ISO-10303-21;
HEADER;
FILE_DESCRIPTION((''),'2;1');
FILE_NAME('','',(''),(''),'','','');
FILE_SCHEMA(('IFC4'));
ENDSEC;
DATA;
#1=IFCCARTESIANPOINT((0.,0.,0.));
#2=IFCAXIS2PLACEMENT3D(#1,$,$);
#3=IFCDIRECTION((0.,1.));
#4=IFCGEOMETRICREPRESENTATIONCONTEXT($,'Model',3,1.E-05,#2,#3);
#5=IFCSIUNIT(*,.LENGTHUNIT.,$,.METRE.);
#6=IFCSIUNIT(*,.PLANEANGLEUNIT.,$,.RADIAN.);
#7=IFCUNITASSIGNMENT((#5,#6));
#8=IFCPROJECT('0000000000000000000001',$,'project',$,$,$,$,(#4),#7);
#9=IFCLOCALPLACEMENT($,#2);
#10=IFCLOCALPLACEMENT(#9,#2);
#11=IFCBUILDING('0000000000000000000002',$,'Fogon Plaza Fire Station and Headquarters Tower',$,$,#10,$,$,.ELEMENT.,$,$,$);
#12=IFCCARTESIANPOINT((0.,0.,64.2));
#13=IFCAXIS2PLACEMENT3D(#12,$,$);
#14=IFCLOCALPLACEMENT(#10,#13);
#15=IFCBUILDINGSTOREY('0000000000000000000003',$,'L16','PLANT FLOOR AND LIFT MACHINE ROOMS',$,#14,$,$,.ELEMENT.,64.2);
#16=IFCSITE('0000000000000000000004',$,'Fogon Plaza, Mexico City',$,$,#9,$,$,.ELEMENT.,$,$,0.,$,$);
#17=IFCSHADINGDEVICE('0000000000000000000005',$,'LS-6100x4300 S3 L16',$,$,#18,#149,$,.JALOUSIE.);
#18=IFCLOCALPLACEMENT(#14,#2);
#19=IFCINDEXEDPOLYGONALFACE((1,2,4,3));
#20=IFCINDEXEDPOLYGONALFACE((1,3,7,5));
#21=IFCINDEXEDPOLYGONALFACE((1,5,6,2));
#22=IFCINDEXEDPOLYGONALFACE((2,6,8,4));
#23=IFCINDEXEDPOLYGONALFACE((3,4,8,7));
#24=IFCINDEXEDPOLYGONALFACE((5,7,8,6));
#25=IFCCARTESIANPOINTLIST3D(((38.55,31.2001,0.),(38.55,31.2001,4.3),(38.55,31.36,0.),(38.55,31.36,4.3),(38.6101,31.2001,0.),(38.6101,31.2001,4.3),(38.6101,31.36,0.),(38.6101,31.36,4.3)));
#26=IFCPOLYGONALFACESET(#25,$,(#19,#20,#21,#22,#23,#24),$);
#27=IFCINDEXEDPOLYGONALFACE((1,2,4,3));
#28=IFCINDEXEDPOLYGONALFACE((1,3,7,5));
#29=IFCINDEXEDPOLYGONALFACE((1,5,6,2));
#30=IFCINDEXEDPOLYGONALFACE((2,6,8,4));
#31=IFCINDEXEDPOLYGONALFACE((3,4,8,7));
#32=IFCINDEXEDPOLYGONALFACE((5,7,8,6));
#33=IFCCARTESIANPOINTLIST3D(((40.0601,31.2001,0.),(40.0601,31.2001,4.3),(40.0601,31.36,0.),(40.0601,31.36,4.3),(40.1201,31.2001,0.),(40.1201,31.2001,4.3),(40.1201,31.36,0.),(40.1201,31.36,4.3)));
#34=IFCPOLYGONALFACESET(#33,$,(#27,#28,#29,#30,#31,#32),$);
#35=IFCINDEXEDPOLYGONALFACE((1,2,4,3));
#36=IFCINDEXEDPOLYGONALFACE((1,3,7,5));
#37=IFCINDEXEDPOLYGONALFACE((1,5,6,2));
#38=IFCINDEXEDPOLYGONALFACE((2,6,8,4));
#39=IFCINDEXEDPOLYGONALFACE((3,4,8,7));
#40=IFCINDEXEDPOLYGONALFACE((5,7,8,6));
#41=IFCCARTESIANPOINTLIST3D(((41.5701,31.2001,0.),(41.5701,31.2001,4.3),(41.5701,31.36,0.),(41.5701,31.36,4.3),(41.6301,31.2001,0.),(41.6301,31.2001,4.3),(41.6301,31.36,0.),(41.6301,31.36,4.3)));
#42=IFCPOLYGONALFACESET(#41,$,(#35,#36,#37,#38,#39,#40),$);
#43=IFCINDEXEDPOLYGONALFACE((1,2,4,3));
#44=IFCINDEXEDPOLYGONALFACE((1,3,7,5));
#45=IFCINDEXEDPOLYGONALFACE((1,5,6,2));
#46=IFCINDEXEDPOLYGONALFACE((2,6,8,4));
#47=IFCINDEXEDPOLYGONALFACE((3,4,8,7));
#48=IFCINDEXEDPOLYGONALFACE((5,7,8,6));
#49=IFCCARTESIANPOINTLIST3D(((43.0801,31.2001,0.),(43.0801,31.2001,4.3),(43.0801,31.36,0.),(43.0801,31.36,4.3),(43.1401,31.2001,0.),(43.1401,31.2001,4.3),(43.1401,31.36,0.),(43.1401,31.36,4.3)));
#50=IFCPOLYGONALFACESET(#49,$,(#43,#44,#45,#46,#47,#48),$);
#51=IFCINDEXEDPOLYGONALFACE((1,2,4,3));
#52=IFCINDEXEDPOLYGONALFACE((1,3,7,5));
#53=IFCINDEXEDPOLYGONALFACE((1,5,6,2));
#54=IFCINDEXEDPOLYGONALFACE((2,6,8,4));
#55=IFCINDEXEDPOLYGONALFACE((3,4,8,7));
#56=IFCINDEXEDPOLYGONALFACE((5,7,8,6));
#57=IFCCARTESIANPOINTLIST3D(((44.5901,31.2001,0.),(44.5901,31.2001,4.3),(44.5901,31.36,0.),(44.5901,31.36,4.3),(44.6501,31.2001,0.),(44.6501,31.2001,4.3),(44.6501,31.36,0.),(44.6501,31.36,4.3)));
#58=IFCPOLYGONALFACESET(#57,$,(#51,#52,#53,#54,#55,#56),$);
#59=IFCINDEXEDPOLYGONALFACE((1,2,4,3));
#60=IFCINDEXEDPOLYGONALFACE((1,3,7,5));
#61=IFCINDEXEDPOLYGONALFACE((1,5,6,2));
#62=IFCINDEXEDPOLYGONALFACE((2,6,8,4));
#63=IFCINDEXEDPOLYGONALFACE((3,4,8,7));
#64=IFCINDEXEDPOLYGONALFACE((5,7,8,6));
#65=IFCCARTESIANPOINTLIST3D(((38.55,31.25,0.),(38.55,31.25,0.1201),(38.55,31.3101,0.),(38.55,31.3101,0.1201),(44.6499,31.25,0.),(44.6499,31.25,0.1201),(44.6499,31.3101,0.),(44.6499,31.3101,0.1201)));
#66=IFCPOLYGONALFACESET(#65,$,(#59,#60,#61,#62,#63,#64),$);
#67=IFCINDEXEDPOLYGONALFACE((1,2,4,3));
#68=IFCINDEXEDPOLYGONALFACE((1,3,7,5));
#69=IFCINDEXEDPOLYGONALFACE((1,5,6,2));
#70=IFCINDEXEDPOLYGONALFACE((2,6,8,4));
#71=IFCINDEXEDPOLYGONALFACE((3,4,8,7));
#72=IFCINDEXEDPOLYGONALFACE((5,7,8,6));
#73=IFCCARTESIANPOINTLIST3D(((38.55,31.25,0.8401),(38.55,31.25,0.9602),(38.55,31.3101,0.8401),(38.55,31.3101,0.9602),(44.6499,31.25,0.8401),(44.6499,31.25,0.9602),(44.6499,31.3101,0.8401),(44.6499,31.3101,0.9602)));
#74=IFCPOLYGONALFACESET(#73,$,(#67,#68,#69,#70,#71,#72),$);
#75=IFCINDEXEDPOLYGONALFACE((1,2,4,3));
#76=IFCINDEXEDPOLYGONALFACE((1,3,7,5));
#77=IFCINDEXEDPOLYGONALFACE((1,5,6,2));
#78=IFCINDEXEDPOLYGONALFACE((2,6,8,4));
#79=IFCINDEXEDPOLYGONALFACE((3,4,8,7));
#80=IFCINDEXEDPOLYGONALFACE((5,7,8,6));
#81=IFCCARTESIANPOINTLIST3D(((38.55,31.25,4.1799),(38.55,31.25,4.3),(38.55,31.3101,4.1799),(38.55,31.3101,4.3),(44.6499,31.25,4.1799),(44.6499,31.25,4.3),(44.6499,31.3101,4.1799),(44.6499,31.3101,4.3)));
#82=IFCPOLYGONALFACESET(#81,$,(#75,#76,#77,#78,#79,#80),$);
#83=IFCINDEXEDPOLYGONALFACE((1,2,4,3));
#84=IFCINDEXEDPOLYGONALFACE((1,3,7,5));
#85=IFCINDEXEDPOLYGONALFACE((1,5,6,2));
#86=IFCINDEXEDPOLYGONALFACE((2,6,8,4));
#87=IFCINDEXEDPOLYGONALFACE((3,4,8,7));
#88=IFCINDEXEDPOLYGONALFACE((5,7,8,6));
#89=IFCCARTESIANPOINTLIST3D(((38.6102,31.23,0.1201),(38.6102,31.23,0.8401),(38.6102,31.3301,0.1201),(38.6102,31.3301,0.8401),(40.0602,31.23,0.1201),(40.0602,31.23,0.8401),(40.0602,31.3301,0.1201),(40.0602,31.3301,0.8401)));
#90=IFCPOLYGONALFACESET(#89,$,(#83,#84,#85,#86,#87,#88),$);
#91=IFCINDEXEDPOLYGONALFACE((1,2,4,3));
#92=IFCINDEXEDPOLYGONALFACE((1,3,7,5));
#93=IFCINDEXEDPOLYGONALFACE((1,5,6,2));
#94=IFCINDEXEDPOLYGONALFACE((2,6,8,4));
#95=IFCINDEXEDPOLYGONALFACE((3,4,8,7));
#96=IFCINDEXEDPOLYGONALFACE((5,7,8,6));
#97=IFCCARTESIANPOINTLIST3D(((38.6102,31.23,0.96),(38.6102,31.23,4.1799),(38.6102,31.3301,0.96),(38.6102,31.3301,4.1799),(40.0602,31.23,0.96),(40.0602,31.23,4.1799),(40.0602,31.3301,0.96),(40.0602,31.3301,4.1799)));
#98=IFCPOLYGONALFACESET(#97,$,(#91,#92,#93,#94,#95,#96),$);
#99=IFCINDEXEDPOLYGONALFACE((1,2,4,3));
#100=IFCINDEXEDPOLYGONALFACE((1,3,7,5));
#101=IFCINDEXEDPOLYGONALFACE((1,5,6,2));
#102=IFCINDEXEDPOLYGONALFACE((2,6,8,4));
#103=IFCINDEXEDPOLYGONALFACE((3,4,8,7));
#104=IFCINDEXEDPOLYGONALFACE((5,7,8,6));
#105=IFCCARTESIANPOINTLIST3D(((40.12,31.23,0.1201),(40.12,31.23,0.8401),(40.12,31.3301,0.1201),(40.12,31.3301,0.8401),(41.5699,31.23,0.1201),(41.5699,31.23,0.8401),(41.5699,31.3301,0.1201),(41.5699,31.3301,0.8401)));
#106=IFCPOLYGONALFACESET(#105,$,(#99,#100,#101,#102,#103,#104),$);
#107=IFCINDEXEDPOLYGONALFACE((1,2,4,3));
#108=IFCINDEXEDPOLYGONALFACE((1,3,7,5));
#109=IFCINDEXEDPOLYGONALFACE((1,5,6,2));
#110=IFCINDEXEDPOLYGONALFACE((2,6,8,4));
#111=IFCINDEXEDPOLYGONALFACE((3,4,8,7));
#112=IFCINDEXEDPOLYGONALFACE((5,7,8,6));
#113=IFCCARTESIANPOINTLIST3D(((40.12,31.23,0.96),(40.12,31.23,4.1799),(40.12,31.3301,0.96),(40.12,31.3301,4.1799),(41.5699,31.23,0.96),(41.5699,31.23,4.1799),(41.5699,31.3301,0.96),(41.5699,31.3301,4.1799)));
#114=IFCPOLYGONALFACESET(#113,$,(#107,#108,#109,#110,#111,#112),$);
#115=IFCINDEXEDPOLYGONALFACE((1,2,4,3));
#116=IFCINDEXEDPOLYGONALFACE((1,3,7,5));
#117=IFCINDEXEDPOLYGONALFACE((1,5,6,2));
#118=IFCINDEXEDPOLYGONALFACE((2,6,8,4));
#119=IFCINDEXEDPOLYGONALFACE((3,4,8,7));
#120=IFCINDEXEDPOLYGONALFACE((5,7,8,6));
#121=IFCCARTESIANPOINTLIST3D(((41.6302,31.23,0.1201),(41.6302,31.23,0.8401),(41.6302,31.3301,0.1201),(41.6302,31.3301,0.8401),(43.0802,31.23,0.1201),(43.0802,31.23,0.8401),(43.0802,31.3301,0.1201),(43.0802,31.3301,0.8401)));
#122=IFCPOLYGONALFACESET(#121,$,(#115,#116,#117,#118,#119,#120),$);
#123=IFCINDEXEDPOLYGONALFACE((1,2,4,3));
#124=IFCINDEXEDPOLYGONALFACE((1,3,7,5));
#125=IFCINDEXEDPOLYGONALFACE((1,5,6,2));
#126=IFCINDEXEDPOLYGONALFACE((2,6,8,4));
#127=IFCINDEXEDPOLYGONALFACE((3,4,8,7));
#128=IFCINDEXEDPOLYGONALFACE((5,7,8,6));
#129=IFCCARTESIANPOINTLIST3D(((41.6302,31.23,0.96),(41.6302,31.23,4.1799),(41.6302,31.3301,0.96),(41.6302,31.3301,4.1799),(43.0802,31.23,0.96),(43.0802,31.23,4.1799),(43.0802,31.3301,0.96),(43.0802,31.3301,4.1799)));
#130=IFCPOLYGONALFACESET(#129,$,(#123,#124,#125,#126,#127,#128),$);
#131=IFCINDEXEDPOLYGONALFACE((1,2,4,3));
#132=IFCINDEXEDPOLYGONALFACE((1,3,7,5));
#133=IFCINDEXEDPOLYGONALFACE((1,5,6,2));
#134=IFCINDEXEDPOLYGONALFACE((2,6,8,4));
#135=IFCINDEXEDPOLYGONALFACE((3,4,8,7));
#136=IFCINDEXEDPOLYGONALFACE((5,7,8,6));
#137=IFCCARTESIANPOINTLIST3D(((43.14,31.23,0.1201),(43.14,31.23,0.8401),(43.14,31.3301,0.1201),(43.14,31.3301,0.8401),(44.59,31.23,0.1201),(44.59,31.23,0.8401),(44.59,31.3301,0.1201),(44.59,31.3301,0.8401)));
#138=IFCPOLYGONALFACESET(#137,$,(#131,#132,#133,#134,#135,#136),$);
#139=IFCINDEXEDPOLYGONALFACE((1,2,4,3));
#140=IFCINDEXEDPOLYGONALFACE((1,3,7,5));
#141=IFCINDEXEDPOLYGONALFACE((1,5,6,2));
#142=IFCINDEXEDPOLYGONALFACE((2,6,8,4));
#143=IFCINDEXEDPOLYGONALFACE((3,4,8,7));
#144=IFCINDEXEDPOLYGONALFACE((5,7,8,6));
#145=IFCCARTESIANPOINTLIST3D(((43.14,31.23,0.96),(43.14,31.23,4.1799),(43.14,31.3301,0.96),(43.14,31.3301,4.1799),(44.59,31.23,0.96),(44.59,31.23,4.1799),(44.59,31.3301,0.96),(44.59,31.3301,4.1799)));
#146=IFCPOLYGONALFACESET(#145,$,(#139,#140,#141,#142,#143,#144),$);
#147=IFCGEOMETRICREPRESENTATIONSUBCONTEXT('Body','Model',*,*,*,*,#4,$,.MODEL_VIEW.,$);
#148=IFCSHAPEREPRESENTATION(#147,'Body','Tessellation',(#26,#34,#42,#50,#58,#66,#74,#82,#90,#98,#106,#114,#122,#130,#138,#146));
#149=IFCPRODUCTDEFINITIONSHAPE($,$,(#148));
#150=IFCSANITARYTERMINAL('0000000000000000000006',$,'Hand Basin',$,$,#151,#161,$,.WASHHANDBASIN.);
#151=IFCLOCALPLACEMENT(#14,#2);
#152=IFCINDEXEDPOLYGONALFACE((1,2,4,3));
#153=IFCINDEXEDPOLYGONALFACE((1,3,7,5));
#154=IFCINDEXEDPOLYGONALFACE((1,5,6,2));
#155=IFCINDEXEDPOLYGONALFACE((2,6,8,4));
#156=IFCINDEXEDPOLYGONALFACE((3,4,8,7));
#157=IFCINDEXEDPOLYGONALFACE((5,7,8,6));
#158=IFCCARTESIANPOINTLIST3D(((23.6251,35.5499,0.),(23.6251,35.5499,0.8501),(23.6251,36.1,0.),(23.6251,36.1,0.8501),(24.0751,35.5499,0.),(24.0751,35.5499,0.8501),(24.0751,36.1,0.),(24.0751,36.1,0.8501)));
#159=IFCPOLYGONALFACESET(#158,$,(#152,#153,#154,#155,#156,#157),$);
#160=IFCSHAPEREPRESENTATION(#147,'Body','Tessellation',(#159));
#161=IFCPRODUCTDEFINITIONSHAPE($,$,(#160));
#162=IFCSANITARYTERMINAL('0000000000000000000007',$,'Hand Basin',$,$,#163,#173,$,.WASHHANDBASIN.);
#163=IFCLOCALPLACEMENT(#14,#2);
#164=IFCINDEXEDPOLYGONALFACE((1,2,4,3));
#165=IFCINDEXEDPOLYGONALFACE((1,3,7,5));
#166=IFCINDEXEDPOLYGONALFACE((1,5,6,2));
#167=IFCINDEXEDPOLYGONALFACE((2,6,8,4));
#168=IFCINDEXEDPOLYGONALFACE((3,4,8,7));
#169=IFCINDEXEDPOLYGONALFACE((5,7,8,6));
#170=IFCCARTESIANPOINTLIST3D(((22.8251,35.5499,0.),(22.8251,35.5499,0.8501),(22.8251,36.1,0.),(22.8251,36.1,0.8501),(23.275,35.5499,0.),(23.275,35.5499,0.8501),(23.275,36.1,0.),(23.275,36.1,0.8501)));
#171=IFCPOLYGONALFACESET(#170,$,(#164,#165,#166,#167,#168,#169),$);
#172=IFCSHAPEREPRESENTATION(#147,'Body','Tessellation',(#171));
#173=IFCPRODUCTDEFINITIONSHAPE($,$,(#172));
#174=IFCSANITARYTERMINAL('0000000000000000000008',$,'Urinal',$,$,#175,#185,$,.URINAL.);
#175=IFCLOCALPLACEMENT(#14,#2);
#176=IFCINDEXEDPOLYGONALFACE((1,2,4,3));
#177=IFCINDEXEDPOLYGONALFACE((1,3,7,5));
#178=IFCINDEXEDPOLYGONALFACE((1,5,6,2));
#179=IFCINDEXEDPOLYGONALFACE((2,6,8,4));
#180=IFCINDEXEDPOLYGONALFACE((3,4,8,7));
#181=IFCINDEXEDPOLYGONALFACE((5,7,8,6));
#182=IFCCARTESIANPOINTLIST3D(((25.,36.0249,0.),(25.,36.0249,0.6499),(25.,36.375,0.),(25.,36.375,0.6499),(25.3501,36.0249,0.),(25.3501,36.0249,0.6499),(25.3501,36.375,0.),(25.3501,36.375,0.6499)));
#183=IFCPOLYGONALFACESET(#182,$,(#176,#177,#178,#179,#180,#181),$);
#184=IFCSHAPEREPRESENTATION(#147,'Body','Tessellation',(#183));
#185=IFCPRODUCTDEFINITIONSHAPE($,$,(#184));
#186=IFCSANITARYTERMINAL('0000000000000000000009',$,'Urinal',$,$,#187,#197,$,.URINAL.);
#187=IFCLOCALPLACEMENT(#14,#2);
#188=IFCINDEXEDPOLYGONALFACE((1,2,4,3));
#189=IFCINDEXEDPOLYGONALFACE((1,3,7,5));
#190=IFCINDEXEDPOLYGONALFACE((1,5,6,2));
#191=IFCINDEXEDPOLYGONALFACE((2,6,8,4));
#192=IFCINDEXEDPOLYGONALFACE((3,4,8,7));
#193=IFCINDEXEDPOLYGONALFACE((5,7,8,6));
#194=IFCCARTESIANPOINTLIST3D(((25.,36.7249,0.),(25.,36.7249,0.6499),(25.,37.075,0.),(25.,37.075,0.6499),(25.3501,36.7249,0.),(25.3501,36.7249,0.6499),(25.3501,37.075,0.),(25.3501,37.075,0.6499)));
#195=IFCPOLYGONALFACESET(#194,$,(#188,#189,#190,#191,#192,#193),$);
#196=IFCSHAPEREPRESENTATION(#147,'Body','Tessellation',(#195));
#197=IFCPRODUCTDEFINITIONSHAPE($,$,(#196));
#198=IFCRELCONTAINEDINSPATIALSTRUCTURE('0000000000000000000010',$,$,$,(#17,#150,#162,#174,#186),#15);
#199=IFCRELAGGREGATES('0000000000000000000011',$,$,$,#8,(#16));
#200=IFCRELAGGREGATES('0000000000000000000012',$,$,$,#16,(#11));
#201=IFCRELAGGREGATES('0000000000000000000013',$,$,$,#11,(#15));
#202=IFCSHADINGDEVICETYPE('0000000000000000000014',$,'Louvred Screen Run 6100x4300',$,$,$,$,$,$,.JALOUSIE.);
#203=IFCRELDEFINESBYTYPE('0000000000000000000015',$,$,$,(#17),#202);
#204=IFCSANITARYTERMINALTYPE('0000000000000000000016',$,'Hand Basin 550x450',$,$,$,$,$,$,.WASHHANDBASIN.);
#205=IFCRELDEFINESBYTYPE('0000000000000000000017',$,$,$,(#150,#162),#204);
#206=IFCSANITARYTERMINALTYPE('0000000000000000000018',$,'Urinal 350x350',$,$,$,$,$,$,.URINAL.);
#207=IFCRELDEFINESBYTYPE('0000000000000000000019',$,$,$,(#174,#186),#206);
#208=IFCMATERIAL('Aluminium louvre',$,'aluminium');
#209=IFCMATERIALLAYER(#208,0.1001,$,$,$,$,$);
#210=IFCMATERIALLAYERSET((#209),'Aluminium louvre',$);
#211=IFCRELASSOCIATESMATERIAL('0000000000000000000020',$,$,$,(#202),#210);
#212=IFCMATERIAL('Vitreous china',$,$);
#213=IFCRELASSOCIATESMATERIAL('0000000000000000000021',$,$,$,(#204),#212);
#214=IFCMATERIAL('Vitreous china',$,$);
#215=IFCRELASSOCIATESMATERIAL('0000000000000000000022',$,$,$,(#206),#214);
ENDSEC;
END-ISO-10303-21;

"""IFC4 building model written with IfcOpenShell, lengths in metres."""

from ifc_helpers import new_model, si_unit, direction, frame, origin, origin_2d, place, context, subcontext, project, spatial, rectangle, extrude, material, layer, layer_set, type_object, element, save


model = new_model("IFC4")

# Units and contexts
model_context = context("Model", 3, precision=1e-05, world=origin(), true_north=direction((0.0, 1.0)))
body_context = subcontext(model_context, "Body", "Model", "MODEL_VIEW")
ifc_project = project(units=[si_unit("LENGTHUNIT", "METRE"), si_unit("PLANEANGLEUNIT", "RADIAN")], contexts=[model_context])

# Site, building, storey
site_placement = place(None, origin())
site = spatial("IfcSite", under=ifc_project, at=site_placement, Name="Fogon Plaza, Mexico City", CompositionType="ELEMENT", RefElevation=0.0)
building_placement = place(site_placement, origin())
building = spatial("IfcBuilding", under=site, at=building_placement, Name="Fogon Plaza Fire Station and Headquarters Tower", CompositionType="ELEMENT")
storey_placement = place(building_placement, frame((0.0, 0.0, 64.2)))
storey = spatial("IfcBuildingStorey", under=building, at=storey_placement, Name="L16", Description="PLANT FLOOR AND LIFT MACHINE ROOMS", CompositionType="ELEMENT", Elevation=64.2)

# Shading device
ifc_material_1 = material(Name="Aluminium louvre", Category="aluminium")
ifc_layer_1 = layer(ifc_material_1, 0.1001)
ifc_layer_set_1 = layer_set([ifc_layer_1], Name="Aluminium louvre")
shading_device_type = type_object("IfcShadingDeviceType", Name="Louvred Screen Run 6100x4300", PredefinedType="JALOUSIE", material=ifc_layer_set_1)
shading_device_1_placement = place(storey_placement, frame((38.55, 31.28, 0.0), z_axis=(0.0, 0.0, 1.0), x_axis=(1.0, 0.0, 0.0)))
element("IfcShadingDevice", 1, at=shading_device_1_placement, inside=storey, type_object=shading_device_type, Name="LS-6100x4300 S3 L16", PredefinedType="JALOUSIE", context=body_context, shape_type="SweptSolid", body=[
    extrude(rectangle(XDim=0.0601, YDim=0.1599, at=origin_2d()), frame((0.03, 0.0, 0.0), z_axis=(0.0, 0.0, 1.0), x_axis=(1.0, 0.0, 0.0)), (0.0, 0.0, 1.0), 4.3),
    extrude(rectangle(XDim=0.0601, YDim=0.1599, at=origin_2d()), frame((1.54, 0.0, 0.0), z_axis=(0.0, 0.0, 1.0), x_axis=(1.0, 0.0, 0.0)), (0.0, 0.0, 1.0), 4.3),
    extrude(rectangle(XDim=0.0601, YDim=0.1599, at=origin_2d()), frame((3.05, 0.0, 0.0), z_axis=(0.0, 0.0, 1.0), x_axis=(1.0, 0.0, 0.0)), (0.0, 0.0, 1.0), 4.3),
    extrude(rectangle(XDim=0.0601, YDim=0.1599, at=origin_2d()), frame((4.5601, 0.0, 0.0), z_axis=(0.0, 0.0, 1.0), x_axis=(1.0, 0.0, 0.0)), (0.0, 0.0, 1.0), 4.3),
    extrude(rectangle(XDim=0.0601, YDim=0.1599, at=origin_2d()), frame((6.0701, 0.0, 0.0), z_axis=(0.0, 0.0, 1.0), x_axis=(1.0, 0.0, 0.0)), (0.0, 0.0, 1.0), 4.3),
    extrude(rectangle(XDim=0.1201, YDim=0.0601, at=origin_2d()), frame((0.0, 0.0, 0.0601), z_axis=(1.0, 0.0, 0.0), x_axis=(0.0, 0.0, 1.0)), (0.0, 0.0, 1.0), 6.0999),
    extrude(rectangle(XDim=0.1201, YDim=0.0601, at=origin_2d()), frame((0.0, 0.0, 0.9001), z_axis=(1.0, 0.0, 0.0), x_axis=(0.0, 0.0, 1.0)), (0.0, 0.0, 1.0), 6.0999),
    extrude(rectangle(XDim=0.1201, YDim=0.0601, at=origin_2d()), frame((0.0, 0.0, 4.24), z_axis=(1.0, 0.0, 0.0), x_axis=(0.0, 0.0, 1.0)), (0.0, 0.0, 1.0), 6.0999),
    extrude(rectangle(XDim=1.45, YDim=0.1001, at=origin_2d()), frame((0.7852, 0.0, 0.1201), z_axis=(0.0, 0.0, 1.0), x_axis=(1.0, 0.0, 0.0)), (0.0, 0.0, 1.0), 0.72),
    extrude(rectangle(XDim=1.45, YDim=0.1001, at=origin_2d()), frame((0.7852, 0.0, 0.96), z_axis=(0.0, 0.0, 1.0), x_axis=(1.0, 0.0, 0.0)), (0.0, 0.0, 1.0), 3.22),
    extrude(rectangle(XDim=1.45, YDim=0.1001, at=origin_2d()), frame((2.2949, 0.0, 0.1201), z_axis=(0.0, 0.0, 1.0), x_axis=(1.0, 0.0, 0.0)), (0.0, 0.0, 1.0), 0.72),
    extrude(rectangle(XDim=1.45, YDim=0.1001, at=origin_2d()), frame((2.2949, 0.0, 0.96), z_axis=(0.0, 0.0, 1.0), x_axis=(1.0, 0.0, 0.0)), (0.0, 0.0, 1.0), 3.22),
    extrude(rectangle(XDim=1.45, YDim=0.1001, at=origin_2d()), frame((3.8052, 0.0, 0.1201), z_axis=(0.0, 0.0, 1.0), x_axis=(1.0, 0.0, 0.0)), (0.0, 0.0, 1.0), 0.72),
    extrude(rectangle(XDim=1.45, YDim=0.1001, at=origin_2d()), frame((3.8052, 0.0, 0.96), z_axis=(0.0, 0.0, 1.0), x_axis=(1.0, 0.0, 0.0)), (0.0, 0.0, 1.0), 3.22),
    extrude(rectangle(XDim=1.45, YDim=0.1001, at=origin_2d()), frame((5.3149, 0.0, 0.1201), z_axis=(0.0, 0.0, 1.0), x_axis=(1.0, 0.0, 0.0)), (0.0, 0.0, 1.0), 0.72),
    extrude(rectangle(XDim=1.45, YDim=0.1001, at=origin_2d()), frame((5.3149, 0.0, 0.96), z_axis=(0.0, 0.0, 1.0), x_axis=(1.0, 0.0, 0.0)), (0.0, 0.0, 1.0), 3.22),
])

# Sanitary terminals
ifc_material_2 = material(Name="Vitreous china")
sanitary_terminal_type_1 = type_object("IfcSanitaryTerminalType", Name="Hand Basin 550x450", PredefinedType="WASHHANDBASIN", material=ifc_material_2)
for number, where, z_axis, x_axis, name in (
    (2, (23.8501, 35.825, 0.0), (0.0, 0.0, 1.0), (1.0, 0.0, 0.0), "Hand Basin"),
    (3, (23.05, 35.825, 0.0), (0.0, 0.0, 1.0), (1.0, 0.0, 0.0), "Hand Basin"),
):
    element("IfcSanitaryTerminal", number, at=place(storey_placement, frame(where, z_axis=z_axis, x_axis=x_axis)), inside=storey, type_object=sanitary_terminal_type_1, Name=name, PredefinedType="WASHHANDBASIN", context=body_context, shape_type="SweptSolid", body=[
        extrude(rectangle(XDim=0.45, YDim=0.55, at=origin_2d()), origin(), (0.0, 0.0, 1.0), 0.8501),
    ])
ifc_material_3 = material(Name="Vitreous china")
sanitary_terminal_type_2 = type_object("IfcSanitaryTerminalType", Name="Urinal 350x350", PredefinedType="URINAL", material=ifc_material_3)
for number, where, z_axis, x_axis, name in (
    (4, (25.175, 36.2, 0.0), (0.0, 0.0, 1.0), (1.0, 0.0, 0.0), "Urinal"),
    (5, (25.175, 36.8999, 0.0), (0.0, 0.0, 1.0), (1.0, 0.0, 0.0), "Urinal"),
):
    element("IfcSanitaryTerminal", number, at=place(storey_placement, frame(where, z_axis=z_axis, x_axis=x_axis)), inside=storey, type_object=sanitary_terminal_type_2, Name=name, PredefinedType="URINAL", context=body_context, shape_type="SweptSolid", body=[
        extrude(rectangle(XDim=0.3501, YDim=0.3501, at=origin_2d()), origin(), (0.0, 0.0, 1.0), 0.6499),
    ])

save(model, "model.ifc")
